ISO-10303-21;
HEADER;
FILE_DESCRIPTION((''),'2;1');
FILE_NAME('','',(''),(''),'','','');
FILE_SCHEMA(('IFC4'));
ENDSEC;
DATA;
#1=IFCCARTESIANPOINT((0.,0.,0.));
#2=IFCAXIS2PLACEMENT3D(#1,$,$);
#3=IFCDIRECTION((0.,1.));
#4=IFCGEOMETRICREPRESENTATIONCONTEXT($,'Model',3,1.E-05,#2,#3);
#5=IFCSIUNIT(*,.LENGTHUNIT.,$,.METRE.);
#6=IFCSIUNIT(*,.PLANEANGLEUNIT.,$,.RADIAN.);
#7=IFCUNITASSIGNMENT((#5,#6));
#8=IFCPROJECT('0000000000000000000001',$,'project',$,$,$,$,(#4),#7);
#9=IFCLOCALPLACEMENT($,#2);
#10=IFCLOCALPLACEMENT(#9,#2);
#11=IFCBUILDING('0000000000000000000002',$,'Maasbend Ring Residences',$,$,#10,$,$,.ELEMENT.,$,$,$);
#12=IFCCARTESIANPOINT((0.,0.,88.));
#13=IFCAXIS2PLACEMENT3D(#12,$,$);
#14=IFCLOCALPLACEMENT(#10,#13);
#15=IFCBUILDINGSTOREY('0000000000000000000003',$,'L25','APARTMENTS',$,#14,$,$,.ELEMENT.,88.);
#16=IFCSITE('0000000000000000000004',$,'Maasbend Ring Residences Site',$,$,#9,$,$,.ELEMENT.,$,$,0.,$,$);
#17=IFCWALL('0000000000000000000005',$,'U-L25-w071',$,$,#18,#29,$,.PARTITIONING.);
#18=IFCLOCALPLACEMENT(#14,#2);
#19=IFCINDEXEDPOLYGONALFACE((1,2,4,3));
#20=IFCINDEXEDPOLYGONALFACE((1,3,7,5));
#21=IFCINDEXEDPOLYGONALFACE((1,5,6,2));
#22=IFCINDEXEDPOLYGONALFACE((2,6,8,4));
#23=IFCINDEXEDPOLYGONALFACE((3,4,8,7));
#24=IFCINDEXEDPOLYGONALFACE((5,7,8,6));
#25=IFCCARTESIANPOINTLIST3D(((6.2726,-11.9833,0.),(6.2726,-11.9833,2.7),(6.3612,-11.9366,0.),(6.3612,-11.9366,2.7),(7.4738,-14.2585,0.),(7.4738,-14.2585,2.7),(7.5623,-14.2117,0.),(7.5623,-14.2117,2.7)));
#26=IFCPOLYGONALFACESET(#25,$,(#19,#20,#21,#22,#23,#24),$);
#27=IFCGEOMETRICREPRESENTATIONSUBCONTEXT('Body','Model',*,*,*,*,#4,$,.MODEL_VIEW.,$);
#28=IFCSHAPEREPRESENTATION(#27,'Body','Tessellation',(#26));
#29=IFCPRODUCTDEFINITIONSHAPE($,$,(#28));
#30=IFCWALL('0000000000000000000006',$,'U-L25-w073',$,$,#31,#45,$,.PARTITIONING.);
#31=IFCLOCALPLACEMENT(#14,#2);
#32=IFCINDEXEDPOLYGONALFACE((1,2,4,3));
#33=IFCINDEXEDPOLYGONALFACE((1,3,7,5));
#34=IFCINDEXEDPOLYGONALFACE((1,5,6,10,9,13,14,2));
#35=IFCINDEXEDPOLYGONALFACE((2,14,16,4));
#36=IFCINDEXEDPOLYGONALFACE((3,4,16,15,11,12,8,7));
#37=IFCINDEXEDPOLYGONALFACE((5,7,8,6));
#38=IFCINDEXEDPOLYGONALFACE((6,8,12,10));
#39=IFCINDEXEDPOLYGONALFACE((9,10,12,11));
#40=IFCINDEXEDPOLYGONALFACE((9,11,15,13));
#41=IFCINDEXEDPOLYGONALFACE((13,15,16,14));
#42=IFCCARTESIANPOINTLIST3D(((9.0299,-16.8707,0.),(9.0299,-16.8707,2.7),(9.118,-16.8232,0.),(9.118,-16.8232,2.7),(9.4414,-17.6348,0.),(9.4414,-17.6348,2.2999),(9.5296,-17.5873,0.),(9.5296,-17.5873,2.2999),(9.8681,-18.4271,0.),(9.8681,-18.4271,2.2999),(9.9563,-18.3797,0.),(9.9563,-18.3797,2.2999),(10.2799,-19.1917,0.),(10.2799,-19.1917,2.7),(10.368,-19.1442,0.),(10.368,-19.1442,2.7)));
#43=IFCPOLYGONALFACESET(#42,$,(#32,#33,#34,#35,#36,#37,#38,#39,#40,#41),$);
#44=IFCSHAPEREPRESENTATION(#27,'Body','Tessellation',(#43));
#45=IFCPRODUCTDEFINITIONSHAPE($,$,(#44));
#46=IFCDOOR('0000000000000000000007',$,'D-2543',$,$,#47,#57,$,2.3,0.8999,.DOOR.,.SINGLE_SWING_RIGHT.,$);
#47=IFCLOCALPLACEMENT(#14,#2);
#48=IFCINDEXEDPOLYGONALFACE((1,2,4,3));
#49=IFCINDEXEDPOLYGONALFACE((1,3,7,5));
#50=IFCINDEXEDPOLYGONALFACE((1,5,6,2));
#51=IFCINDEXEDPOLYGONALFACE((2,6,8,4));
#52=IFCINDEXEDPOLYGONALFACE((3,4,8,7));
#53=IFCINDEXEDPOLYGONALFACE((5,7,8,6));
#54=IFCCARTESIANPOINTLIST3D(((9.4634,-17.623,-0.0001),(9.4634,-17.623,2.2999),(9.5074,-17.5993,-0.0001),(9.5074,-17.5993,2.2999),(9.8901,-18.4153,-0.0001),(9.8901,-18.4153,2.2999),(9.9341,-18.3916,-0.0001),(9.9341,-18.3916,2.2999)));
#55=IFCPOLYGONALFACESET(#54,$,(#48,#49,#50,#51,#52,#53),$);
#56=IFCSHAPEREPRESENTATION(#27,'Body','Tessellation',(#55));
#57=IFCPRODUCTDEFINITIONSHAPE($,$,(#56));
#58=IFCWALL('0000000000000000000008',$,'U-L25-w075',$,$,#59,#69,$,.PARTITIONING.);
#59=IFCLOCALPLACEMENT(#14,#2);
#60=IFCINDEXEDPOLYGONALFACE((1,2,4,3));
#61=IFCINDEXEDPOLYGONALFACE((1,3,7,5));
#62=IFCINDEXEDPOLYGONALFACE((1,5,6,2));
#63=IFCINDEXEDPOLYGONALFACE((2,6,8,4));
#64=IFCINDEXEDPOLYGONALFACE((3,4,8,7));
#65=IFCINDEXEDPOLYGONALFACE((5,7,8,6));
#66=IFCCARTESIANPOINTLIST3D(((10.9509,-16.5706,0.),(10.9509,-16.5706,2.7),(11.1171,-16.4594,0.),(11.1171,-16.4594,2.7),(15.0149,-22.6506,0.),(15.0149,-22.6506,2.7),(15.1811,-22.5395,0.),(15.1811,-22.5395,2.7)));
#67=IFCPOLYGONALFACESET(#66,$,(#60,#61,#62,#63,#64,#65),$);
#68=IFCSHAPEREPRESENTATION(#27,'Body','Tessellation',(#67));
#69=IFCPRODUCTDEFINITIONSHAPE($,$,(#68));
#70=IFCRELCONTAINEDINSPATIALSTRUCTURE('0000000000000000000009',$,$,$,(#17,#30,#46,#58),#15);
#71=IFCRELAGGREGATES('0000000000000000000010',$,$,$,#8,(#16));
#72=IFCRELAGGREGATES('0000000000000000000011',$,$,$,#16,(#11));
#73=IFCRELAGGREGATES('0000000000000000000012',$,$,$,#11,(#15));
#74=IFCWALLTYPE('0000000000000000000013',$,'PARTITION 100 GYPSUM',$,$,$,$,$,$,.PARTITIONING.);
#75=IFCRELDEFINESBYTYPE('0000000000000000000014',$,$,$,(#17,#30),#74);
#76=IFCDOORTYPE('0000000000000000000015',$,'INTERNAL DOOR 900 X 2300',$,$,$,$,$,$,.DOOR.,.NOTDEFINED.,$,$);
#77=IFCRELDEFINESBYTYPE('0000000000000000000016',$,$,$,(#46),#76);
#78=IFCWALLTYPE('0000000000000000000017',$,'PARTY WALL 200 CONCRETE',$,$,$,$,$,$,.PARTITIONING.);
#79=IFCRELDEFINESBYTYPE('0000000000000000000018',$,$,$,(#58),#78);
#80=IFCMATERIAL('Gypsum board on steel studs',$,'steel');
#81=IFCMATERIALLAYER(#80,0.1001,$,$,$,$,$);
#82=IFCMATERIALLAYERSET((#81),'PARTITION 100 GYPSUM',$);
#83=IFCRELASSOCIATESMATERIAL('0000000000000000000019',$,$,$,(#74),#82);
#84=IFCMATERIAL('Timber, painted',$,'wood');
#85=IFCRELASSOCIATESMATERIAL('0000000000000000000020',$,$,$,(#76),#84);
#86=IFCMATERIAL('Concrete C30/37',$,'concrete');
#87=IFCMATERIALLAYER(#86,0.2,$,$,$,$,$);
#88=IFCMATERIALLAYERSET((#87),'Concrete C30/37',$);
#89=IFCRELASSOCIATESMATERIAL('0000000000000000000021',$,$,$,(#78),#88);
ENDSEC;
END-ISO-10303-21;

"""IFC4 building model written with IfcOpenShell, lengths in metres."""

from ifc_helpers import new_model, si_unit, direction, frame, frame_2d, origin, place, context, subcontext, project, spatial, rectangle, extrude, material, layer, layer_set, type_object, element, fill, save


model = new_model("IFC4")

# Units and contexts
model_context = context("Model", 3, precision=1e-05, world=origin(), true_north=direction((0.0, 1.0)))
body_context = subcontext(model_context, "Body", "Model", "MODEL_VIEW")
ifc_project = project(units=[si_unit("LENGTHUNIT", "METRE"), si_unit("PLANEANGLEUNIT", "RADIAN")], contexts=[model_context])

# Site, building, storey
site_placement = place(None, origin())
site = spatial("IfcSite", under=ifc_project, at=site_placement, Name="Maasbend Ring Residences Site", CompositionType="ELEMENT", RefElevation=0.0)
building_placement = place(site_placement, origin())
building = spatial("IfcBuilding", under=site, at=building_placement, Name="Maasbend Ring Residences", CompositionType="ELEMENT")
storey_placement = place(building_placement, frame((0.0, 0.0, 88.0)))
storey = spatial("IfcBuildingStorey", under=building, at=storey_placement, Name="L25", Description="APARTMENTS", CompositionType="ELEMENT", Elevation=88.0)

# Shared definitions
ifc_material_1 = material(Name="Gypsum board on steel studs", Category="steel")
ifc_layer_1 = layer(ifc_material_1, 0.1001)
ifc_layer_set_1 = layer_set([ifc_layer_1], Name="PARTITION 100 GYPSUM")
wall_type_1 = type_object("IfcWallType", Name="PARTITION 100 GYPSUM", PredefinedType="PARTITIONING", material=ifc_layer_set_1)

# Shared definitions
ifc_material_2 = material(Name="Timber, painted", Category="wood")
door_type_1 = type_object("IfcDoorType", Name="INTERNAL DOOR 900 X 2300", OperationType="NOTDEFINED", PredefinedType="DOOR", material=ifc_material_2)

# Wall
wall_1_placement = place(storey_placement, frame((6.3169, -11.96, 0.0), z_axis=(0.0, 0.0, 1.0), x_axis=(0.46688, -0.884321, 0.0)))
element("IfcWall", 1, at=wall_1_placement, inside=storey, type_object=wall_type_1, Name="U-L25-w071", PredefinedType="PARTITIONING", context=body_context, shape_type="SweptSolid", body=[
    extrude(rectangle(XDim=2.5728, YDim=0.1001, at=frame_2d((1.2864, 0.0))), origin(), (0.0, 0.0, 1.0), 2.7),
])

# Wall, opening, door
wall_2_placement = place(storey_placement, frame((9.074, -16.8469, 0.0), z_axis=(0.0, 0.0, 1.0), x_axis=(0.474161, -0.880438, 0.0)))
wall_2 = element("IfcWall", 2, at=wall_2_placement, inside=storey, type_object=wall_type_1, Name="U-L25-w073", PredefinedType="PARTITIONING", context=body_context, shape_type="SweptSolid", body=[
    extrude(rectangle(XDim=2.6362, YDim=0.1001, at=frame_2d((1.3181, 0.0))), origin(), (0.0, 0.0, 1.0), 2.7),
])
opening_1_placement = place(wall_2_placement, frame((0.8679, 0.0, 0.0)))
opening_1 = element("IfcOpeningElement", 3, at=opening_1_placement, cuts=wall_2, PredefinedType="OPENING", context=body_context, shape_type="SweptSolid", body=[
    extrude(rectangle(XDim=0.8999, YDim=2.3, at=frame_2d((0.45, 1.1499))), frame((0.0, 0.0601, 0.0), z_axis=(0.0, -1.0, 0.0), x_axis=(1.0, 0.0, 0.0)), (0.0, 0.0, 1.0), 0.1201),
])
door_1_placement = place(opening_1_placement, origin())
door_1 = element("IfcDoor", 4, at=door_1_placement, inside=storey, type_object=door_type_1, Name="D-2543", OperationType="SINGLE_SWING_RIGHT", OverallHeight=2.3, OverallWidth=0.8999, PredefinedType="DOOR", context=body_context, shape_type="SweptSolid", body=[
    extrude(rectangle(XDim=0.8999, YDim=2.3, at=frame_2d((0.45, 1.1499))), frame((0.0, 0.0249, 0.0), z_axis=(0.0, -1.0, 0.0), x_axis=(1.0, 0.0, 0.0)), (0.0, 0.0, 1.0), 0.05),
])
fill(opening_1, door_1)

# Wall
ifc_material_3 = material(Name="Concrete C30/37", Category="concrete")
ifc_layer_2 = layer(ifc_material_3, 0.2)
ifc_layer_set_2 = layer_set([ifc_layer_2], Name="Concrete C30/37")
wall_type_2 = type_object("IfcWallType", Name="PARTY WALL 200 CONCRETE", PredefinedType="PARTITIONING", material=ifc_layer_set_2)
wall_3_placement = place(storey_placement, frame((11.0339, -16.5149, 0.0), z_axis=(0.0, 0.0, 1.0), x_axis=(0.555701, -0.831382, 0.0)))
element("IfcWall", 5, at=wall_3_placement, inside=storey, type_object=wall_type_2, Name="U-L25-w075", PredefinedType="PARTITIONING", context=body_context, shape_type="SweptSolid", body=[
    extrude(rectangle(XDim=7.3132, YDim=0.2, at=frame_2d((3.6567, 0.0))), origin(), (0.0, 0.0, 1.0), 2.7),
])

save(model, "model.ifc")
